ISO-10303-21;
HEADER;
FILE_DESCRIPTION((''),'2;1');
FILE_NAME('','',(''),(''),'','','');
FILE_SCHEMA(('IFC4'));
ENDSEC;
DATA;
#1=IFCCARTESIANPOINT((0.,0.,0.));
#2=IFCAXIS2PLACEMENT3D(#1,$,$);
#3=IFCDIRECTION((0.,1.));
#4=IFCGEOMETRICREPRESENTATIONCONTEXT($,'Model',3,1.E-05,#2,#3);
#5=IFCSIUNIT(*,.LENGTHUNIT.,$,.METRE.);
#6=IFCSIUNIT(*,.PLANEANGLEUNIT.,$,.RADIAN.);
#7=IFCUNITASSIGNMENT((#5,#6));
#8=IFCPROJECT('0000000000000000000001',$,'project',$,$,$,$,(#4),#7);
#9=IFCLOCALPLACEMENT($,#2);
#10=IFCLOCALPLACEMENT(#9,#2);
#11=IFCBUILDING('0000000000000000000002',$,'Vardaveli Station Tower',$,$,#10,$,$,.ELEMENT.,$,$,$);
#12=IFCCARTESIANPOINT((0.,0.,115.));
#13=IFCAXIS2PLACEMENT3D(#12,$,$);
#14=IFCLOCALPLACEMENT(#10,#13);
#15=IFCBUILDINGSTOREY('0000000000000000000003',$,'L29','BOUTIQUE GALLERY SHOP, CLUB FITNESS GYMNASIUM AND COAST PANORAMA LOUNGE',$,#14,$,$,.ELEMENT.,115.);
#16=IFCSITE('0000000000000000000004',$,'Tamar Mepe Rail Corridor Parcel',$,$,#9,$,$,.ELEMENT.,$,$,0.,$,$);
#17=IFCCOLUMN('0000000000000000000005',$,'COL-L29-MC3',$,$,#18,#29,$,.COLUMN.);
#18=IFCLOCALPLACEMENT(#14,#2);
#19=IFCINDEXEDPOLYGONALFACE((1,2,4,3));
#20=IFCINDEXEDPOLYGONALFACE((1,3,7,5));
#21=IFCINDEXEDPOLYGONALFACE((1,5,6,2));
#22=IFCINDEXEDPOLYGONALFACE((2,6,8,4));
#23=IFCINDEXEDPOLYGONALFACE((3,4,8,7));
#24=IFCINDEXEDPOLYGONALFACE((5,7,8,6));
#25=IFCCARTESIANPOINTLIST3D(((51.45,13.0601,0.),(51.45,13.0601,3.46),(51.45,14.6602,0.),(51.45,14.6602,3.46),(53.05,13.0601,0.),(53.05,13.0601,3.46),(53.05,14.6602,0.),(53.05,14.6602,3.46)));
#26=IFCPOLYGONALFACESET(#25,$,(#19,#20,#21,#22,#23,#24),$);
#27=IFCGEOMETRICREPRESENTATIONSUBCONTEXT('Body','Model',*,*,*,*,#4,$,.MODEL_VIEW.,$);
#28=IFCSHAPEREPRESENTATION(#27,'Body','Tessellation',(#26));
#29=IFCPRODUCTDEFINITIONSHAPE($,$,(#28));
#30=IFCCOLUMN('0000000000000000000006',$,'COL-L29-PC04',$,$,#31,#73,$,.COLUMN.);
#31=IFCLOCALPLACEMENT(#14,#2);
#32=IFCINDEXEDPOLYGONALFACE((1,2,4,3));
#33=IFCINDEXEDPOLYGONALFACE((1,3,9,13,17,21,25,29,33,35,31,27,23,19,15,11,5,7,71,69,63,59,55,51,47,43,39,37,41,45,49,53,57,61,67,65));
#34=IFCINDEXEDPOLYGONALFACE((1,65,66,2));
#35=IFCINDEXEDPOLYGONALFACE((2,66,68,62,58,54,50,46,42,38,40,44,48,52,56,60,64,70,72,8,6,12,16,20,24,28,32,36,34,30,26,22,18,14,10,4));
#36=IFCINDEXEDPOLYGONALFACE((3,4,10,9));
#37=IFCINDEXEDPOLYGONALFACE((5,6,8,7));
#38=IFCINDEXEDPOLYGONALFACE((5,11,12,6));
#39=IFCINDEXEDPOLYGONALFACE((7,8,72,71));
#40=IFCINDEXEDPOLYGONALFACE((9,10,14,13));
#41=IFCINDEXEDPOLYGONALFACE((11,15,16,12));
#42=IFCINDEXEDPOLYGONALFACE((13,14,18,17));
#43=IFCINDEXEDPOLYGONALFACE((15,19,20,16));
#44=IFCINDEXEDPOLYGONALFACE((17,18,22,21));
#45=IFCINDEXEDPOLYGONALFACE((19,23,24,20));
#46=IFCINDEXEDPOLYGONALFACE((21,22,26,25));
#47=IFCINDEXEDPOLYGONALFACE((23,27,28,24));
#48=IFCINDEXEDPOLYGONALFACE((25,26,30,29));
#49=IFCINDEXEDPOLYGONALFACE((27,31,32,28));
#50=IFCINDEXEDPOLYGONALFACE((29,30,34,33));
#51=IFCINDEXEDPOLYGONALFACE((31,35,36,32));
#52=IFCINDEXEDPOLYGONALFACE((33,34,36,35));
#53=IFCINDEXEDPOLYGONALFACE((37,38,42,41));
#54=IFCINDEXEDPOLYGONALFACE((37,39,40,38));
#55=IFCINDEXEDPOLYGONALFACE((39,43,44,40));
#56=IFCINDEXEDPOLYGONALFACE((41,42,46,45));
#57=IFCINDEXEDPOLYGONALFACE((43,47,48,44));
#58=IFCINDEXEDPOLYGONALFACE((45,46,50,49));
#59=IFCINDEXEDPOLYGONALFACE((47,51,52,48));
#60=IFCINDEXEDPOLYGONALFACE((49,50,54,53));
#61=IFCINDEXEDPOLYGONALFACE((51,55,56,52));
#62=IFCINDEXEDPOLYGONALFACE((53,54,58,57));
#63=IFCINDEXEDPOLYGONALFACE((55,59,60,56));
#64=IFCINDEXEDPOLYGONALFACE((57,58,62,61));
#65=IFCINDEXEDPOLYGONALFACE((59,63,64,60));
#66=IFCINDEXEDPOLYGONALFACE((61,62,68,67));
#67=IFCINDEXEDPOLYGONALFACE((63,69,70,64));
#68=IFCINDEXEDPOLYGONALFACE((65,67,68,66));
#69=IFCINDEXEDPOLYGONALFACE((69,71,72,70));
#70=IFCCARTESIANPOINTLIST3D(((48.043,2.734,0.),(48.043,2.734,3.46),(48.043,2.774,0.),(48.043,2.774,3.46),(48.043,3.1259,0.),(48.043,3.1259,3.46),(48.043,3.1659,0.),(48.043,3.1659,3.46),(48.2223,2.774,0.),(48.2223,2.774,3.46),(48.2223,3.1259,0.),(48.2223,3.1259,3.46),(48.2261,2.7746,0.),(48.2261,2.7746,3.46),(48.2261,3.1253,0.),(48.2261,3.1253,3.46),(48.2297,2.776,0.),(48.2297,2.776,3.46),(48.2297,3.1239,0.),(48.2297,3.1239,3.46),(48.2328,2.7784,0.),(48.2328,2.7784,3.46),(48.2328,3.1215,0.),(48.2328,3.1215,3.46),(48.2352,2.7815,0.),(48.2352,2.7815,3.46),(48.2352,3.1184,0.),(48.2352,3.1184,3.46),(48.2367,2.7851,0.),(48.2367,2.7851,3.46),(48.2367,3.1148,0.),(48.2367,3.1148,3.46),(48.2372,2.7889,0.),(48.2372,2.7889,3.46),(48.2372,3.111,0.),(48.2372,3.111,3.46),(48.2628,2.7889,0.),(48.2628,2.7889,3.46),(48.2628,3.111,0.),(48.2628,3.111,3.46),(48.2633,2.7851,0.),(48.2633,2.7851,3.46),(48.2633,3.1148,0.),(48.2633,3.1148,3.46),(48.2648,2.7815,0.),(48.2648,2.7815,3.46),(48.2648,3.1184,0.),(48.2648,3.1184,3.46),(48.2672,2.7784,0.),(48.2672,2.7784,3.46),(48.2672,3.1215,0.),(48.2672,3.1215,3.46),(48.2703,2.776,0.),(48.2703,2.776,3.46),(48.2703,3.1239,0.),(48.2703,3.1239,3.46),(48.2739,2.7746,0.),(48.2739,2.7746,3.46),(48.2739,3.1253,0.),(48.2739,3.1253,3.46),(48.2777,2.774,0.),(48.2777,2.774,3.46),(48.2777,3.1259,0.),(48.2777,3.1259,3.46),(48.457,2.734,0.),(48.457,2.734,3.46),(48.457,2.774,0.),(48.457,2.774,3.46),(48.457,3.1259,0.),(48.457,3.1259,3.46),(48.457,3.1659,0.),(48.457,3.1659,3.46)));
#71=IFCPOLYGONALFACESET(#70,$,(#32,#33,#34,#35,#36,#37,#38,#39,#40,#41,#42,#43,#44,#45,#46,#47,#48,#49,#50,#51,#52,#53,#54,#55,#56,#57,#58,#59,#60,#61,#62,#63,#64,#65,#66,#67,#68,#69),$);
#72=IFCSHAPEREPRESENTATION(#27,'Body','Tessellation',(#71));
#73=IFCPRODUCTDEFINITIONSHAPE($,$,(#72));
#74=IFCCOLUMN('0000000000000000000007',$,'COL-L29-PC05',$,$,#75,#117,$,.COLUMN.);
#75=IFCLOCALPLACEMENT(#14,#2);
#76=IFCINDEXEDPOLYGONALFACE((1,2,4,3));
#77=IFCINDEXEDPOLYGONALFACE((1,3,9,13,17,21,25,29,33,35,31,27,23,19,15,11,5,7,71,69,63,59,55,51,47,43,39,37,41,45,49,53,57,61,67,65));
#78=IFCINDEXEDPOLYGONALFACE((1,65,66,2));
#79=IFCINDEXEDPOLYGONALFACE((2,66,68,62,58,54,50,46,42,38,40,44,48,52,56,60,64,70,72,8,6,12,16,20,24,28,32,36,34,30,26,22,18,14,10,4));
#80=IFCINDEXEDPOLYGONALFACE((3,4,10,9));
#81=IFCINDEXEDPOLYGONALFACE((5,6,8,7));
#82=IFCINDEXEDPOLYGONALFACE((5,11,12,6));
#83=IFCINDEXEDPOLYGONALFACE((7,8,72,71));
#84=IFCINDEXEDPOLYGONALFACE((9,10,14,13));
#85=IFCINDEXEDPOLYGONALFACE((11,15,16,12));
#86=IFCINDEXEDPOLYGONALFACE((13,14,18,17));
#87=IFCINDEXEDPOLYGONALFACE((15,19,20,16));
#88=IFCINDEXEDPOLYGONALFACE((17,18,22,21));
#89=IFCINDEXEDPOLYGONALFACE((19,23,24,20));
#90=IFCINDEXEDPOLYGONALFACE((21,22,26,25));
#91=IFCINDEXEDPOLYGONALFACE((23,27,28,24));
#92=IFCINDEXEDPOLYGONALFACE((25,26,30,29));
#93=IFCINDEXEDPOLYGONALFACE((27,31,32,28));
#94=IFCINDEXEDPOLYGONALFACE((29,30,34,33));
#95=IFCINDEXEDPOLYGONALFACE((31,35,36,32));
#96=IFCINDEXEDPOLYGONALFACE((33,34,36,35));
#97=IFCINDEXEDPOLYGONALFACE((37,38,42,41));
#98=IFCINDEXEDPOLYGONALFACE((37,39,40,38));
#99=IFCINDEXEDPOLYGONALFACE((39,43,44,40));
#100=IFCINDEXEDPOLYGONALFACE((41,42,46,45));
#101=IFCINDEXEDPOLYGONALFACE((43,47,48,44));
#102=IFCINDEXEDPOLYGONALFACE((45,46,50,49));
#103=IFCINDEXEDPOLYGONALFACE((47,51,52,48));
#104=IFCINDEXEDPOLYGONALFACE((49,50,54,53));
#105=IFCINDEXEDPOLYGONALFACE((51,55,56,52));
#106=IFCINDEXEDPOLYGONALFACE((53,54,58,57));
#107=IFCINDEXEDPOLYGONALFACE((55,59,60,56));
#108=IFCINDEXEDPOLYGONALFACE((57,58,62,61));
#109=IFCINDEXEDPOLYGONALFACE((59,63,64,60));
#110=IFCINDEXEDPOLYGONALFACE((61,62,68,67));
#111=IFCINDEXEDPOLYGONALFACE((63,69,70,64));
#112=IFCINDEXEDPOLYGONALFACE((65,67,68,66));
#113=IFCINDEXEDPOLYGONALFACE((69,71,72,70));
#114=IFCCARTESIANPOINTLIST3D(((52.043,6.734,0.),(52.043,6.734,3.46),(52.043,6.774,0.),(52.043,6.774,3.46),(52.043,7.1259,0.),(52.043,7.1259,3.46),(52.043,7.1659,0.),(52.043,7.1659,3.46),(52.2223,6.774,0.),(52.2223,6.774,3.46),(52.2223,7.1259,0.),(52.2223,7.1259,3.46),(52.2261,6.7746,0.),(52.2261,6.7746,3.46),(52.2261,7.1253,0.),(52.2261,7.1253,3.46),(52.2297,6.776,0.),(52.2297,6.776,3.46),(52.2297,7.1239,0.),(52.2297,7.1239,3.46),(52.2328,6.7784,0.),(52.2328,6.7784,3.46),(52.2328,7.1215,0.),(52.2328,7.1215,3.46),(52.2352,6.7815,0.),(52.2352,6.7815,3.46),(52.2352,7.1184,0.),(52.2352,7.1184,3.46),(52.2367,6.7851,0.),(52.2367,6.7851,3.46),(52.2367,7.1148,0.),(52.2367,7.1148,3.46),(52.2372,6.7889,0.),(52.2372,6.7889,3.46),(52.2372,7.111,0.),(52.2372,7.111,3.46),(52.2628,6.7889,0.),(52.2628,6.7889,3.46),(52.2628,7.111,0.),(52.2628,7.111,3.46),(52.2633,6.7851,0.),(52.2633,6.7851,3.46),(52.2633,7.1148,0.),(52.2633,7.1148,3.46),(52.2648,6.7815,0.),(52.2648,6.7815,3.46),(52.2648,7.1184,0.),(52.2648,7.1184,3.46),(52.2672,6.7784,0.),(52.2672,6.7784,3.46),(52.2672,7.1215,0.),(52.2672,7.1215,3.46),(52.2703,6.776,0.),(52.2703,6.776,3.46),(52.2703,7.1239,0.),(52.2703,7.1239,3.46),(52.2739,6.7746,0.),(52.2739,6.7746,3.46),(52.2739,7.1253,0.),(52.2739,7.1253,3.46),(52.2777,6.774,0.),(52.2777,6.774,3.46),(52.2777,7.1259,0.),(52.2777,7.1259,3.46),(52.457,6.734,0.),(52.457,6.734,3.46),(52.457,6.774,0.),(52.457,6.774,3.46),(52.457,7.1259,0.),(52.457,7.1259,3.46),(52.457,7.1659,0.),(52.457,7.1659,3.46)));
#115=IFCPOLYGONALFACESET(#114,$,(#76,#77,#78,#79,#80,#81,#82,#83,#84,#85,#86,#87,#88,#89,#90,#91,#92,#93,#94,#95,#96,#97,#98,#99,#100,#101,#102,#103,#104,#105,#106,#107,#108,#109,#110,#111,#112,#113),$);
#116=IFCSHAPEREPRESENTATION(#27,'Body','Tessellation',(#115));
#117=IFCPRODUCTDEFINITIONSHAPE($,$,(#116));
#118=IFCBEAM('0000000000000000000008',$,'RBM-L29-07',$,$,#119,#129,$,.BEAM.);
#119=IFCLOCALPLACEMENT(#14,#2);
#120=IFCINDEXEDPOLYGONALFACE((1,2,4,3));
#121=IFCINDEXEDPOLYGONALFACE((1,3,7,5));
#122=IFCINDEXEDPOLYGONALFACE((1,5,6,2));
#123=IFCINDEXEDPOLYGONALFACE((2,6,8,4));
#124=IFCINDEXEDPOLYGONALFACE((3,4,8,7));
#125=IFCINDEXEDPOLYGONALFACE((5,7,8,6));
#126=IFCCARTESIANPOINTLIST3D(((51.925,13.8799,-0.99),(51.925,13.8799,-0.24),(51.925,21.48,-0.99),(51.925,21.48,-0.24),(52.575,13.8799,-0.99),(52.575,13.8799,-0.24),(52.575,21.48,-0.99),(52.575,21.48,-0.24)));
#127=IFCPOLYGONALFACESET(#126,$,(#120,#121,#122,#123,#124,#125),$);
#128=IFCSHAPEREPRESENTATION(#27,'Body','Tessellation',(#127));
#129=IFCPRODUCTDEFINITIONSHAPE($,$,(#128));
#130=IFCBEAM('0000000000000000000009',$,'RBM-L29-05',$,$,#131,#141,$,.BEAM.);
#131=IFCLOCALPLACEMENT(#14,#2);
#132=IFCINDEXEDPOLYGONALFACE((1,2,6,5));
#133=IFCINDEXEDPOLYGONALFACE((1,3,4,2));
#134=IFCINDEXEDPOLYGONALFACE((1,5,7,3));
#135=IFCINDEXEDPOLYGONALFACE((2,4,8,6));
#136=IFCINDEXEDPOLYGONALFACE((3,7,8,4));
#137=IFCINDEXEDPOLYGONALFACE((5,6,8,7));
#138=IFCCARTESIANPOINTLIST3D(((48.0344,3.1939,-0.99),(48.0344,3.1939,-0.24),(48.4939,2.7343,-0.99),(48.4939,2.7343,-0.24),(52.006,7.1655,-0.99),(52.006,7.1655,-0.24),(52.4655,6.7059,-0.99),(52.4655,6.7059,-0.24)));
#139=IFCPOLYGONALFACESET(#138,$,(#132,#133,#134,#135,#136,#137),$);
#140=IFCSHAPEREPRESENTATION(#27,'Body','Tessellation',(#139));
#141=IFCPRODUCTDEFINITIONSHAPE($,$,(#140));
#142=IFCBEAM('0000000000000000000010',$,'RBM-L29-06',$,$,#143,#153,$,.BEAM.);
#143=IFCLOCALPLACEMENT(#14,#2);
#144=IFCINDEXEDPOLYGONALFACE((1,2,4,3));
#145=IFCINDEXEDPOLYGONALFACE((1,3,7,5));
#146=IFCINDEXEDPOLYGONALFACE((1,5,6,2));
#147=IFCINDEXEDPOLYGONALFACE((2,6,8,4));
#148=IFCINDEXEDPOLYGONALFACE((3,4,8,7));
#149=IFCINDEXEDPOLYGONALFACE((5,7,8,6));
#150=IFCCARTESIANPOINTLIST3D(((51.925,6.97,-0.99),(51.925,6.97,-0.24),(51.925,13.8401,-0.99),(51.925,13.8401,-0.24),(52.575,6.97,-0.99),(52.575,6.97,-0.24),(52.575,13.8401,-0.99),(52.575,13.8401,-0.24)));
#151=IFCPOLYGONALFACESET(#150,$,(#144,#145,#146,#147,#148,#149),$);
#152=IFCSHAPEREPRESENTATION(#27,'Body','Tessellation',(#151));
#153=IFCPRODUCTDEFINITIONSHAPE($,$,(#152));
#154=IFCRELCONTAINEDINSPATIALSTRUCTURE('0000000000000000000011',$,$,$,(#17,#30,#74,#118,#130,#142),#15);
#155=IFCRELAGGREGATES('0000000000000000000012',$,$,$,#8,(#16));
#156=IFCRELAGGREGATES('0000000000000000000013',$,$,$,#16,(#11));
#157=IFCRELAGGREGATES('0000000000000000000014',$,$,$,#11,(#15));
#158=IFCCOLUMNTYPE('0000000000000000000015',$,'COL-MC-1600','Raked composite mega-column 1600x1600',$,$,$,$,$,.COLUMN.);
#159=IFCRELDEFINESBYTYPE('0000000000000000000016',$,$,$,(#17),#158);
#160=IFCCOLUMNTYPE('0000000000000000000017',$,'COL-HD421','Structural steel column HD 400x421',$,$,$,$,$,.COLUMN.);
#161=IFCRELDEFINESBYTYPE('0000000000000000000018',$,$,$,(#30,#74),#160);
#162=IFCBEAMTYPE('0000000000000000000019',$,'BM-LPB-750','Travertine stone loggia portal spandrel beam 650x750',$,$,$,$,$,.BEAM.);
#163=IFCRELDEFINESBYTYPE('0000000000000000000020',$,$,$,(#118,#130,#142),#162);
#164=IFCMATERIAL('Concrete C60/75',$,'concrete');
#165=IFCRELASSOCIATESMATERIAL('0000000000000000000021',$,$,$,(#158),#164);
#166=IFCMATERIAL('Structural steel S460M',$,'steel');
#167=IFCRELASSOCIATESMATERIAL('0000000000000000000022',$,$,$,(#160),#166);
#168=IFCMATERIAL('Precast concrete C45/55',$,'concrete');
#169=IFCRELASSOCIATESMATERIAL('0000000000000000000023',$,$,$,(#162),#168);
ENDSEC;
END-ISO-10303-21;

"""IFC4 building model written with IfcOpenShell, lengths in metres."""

from ifc_helpers import new_model, si_unit, direction, frame, origin, origin_2d, place, context, subcontext, project, spatial, rectangle, i_section, extrude, source, transform, mapped, material, material_profile, profile_set, type_object, element, save


model = new_model("IFC4")

# Units and contexts
model_context = context("Model", 3, precision=1e-05, world=origin(), true_north=direction((0.0, 1.0)))
body_context = subcontext(model_context, "Body", "Model", "MODEL_VIEW")
ifc_project = project(units=[si_unit("LENGTHUNIT", "METRE"), si_unit("PLANEANGLEUNIT", "RADIAN")], contexts=[model_context])

# Site, building, storey
site_placement = place(None, origin())
site = spatial("IfcSite", under=ifc_project, at=site_placement, Name="Tamar Mepe Rail Corridor Parcel", CompositionType="ELEMENT", RefElevation=0.0)
building_placement = place(site_placement, origin())
building = spatial("IfcBuilding", under=site, at=building_placement, Name="Vardaveli Station Tower", CompositionType="ELEMENT")
storey_placement = place(building_placement, frame((0.0, 0.0, 115.0)))
storey = spatial("IfcBuildingStorey", under=building, at=storey_placement, Name="L29", Description="BOUTIQUE GALLERY SHOP, CLUB FITNESS GYMNASIUM AND COAST PANORAMA LOUNGE", CompositionType="ELEMENT", Elevation=115.0)

# Columns
ifc_material_1 = material(Name="Concrete C60/75", Category="concrete")
ifc_material_profile_1 = material_profile(ifc_material_1, rectangle(XDim=1.6001, YDim=1.6001, at=origin_2d()), Name="MC 1600x1600")
ifc_profile_set_1 = profile_set([ifc_material_profile_1], Name="Concrete C60/75")
column_type_1 = type_object("IfcColumnType", Name="COL-MC-1600", Description="Raked composite mega-column 1600x1600", PredefinedType="COLUMN", material=ifc_profile_set_1)
shared_shape_1 = source(origin(), body_context, "Body", "SweptSolid", [
    extrude(rectangle(XDim=1.6001, YDim=1.6001, at=origin_2d()), origin(), (0.0, 0.0, 1.0), 3.46),
])
column_placement = place(storey_placement, frame((52.25, 13.8601, 0.0), z_axis=(0.0, 0.0, 1.0), x_axis=(1.0, 0.0, 0.0)))
element("IfcColumn", 1, at=column_placement, inside=storey, type_object=column_type_1, Name="COL-L29-MC3", PredefinedType="COLUMN", context=body_context, shape_type="MappedRepresentation", body=[
    mapped(shared_shape_1, transform((0.0, 0.0, 0.0), scale=1.0)),
])
ifc_material_2 = material(Name="Structural steel S460M", Category="steel")
ifc_material_profile_2 = material_profile(ifc_material_2, i_section(OverallWidth=0.4141, OverallDepth=0.4319, WebThickness=0.0256, FlangeThickness=0.04, FilletRadius=0.0149, at=origin_2d()), Name="HD 400x421")
ifc_profile_set_2 = profile_set([ifc_material_profile_2], Name="Structural steel S460M")
column_type_2 = type_object("IfcColumnType", Name="COL-HD421", Description="Structural steel column HD 400x421", PredefinedType="COLUMN", material=ifc_profile_set_2)
shared_shape_2 = source(origin(), body_context, "Body", "SweptSolid", [
    extrude(i_section(OverallWidth=0.4141, OverallDepth=0.4319, WebThickness=0.0256, FlangeThickness=0.04, FilletRadius=0.0149, at=origin_2d()), origin(), (0.0, 0.0, 1.0), 3.46),
])
for number, where, z_axis, x_axis, name in (
    (2, (48.25, 2.95, 0.0), (0.0, 0.0, 1.0), (1.0, 0.0, 0.0), "COL-L29-PC04"),
    (3, (52.25, 6.95, 0.0), (0.0, 0.0, 1.0), (1.0, 0.0, 0.0), "COL-L29-PC05"),
):
    element("IfcColumn", number, at=place(storey_placement, frame(where, z_axis=z_axis, x_axis=x_axis)), inside=storey, type_object=column_type_2, Name=name, PredefinedType="COLUMN", context=body_context, shape_type="MappedRepresentation", body=[
        mapped(shared_shape_2, transform((0.0, 0.0, 0.0), scale=1.0)),
    ])

# Beams
ifc_material_3 = material(Name="Precast concrete C45/55", Category="concrete")
ifc_material_profile_3 = material_profile(ifc_material_3, rectangle(XDim=0.6499, YDim=0.75, at=origin_2d()), Name="LPB 650x750")
ifc_profile_set_3 = profile_set([ifc_material_profile_3], Name="Precast concrete C45/55")
beam_type_1 = type_object("IfcBeamType", Name="BM-LPB-750", Description="Travertine stone loggia portal spandrel beam 650x750", PredefinedType="BEAM", material=ifc_profile_set_3)
shared_shape_3 = source(origin(), body_context, "Body", "SweptSolid", [
    extrude(rectangle(XDim=0.6499, YDim=0.75, at=origin_2d()), origin(), (0.0, 0.0, 1.0), 7.6001),
])
beam_1_placement = place(storey_placement, frame((52.25, 13.8799, -0.615), z_axis=(0.0, 1.0, 0.0), x_axis=(-1.0, 0.0, 0.0)))
element("IfcBeam", 4, at=beam_1_placement, inside=storey, type_object=beam_type_1, Name="RBM-L29-07", PredefinedType="BEAM", context=body_context, shape_type="MappedRepresentation", body=[
    mapped(shared_shape_3, transform((0.0, 0.0, 0.0), scale=1.0)),
])
shared_shape_4 = source(origin(), body_context, "Body", "SweptSolid", [
    extrude(rectangle(XDim=0.6499, YDim=0.75, at=origin_2d()), origin(), (0.0, 0.0, 1.0), 5.6167),
])
beam_2_placement = place(storey_placement, frame((48.2642, 2.9641, -0.615), z_axis=(0.707107, 0.707107, 0.0), x_axis=(-0.707107, 0.707107, 0.0)))
element("IfcBeam", 5, at=beam_2_placement, inside=storey, type_object=beam_type_1, Name="RBM-L29-05", PredefinedType="BEAM", context=body_context, shape_type="MappedRepresentation", body=[
    mapped(shared_shape_4, transform((0.0, 0.0, 0.0), scale=1.0)),
])
shared_shape_5 = source(origin(), body_context, "Body", "SweptSolid", [
    extrude(rectangle(XDim=0.6499, YDim=0.75, at=origin_2d()), origin(), (0.0, 0.0, 1.0), 6.8701),
])
beam_3_placement = place(storey_placement, frame((52.25, 6.97, -0.615), z_axis=(0.0, 1.0, 0.0), x_axis=(-1.0, 0.0, 0.0)))
element("IfcBeam", 6, at=beam_3_placement, inside=storey, type_object=beam_type_1, Name="RBM-L29-06", PredefinedType="BEAM", context=body_context, shape_type="MappedRepresentation", body=[
    mapped(shared_shape_5, transform((0.0, 0.0, 0.0), scale=1.0)),
])

save(model, "model.ifc")
